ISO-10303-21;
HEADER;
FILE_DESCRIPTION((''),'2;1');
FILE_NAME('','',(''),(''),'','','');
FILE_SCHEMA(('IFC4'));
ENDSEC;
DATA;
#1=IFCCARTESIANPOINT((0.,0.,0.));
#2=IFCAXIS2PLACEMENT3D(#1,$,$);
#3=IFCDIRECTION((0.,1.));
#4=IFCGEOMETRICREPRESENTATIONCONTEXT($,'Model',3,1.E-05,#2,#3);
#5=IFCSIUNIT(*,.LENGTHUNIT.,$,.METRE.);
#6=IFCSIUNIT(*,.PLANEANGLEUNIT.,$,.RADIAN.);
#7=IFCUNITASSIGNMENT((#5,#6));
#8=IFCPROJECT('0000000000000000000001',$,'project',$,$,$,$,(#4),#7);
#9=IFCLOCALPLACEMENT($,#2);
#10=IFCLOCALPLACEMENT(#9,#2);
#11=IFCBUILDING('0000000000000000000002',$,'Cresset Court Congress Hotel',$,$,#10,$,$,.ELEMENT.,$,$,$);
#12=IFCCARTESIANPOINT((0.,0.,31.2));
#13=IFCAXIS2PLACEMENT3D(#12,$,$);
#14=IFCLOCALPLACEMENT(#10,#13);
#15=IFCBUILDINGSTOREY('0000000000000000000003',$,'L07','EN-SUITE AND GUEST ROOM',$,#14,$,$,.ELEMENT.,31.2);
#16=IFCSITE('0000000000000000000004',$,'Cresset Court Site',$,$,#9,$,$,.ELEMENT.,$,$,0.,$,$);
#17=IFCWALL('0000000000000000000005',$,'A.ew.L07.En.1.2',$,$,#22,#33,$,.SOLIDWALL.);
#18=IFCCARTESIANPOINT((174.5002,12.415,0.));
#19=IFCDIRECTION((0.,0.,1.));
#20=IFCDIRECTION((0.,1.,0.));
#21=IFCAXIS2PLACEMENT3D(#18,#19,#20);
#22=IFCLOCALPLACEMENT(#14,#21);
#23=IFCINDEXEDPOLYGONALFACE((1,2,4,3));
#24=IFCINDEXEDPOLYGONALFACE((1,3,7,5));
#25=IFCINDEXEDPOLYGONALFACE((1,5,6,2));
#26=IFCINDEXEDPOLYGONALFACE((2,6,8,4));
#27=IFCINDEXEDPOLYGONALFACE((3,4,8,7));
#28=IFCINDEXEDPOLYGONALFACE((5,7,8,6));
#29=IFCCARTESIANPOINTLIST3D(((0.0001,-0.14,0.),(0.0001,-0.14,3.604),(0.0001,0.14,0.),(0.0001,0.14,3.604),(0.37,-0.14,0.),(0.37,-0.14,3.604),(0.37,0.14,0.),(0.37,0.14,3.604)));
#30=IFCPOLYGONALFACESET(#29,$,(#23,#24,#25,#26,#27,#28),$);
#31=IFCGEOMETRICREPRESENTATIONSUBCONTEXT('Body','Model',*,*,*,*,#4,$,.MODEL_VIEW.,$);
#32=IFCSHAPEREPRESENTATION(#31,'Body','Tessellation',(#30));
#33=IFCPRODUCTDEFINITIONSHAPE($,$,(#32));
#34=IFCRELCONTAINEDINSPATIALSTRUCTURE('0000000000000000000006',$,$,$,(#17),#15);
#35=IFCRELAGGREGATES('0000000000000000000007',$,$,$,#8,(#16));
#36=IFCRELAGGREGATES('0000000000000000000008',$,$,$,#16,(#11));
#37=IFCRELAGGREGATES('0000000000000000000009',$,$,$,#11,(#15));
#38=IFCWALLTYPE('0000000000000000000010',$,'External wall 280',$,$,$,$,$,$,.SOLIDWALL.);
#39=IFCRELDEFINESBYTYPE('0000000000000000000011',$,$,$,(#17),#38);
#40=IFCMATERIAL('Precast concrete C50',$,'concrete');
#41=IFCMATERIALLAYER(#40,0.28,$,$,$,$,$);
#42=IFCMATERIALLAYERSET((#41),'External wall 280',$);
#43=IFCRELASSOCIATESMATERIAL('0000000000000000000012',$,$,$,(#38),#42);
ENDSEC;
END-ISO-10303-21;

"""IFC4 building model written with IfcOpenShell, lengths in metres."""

from ifc_helpers import new_model, si_unit, direction, frame, frame_2d, origin, place, context, subcontext, project, spatial, rectangle, extrude, material, layer, layer_set, type_object, element, save


model = new_model("IFC4")

# Units and contexts
model_context = context("Model", 3, precision=1e-05, world=origin(), true_north=direction((0.0, 1.0)))
body_context = subcontext(model_context, "Body", "Model", "MODEL_VIEW")
ifc_project = project(units=[si_unit("LENGTHUNIT", "METRE"), si_unit("PLANEANGLEUNIT", "RADIAN")], contexts=[model_context])

# Site, building, storey
site_placement = place(None, origin())
site = spatial("IfcSite", under=ifc_project, at=site_placement, Name="Cresset Court Site", CompositionType="ELEMENT", RefElevation=0.0)
building_placement = place(site_placement, origin())
building = spatial("IfcBuilding", under=site, at=building_placement, Name="Cresset Court Congress Hotel", CompositionType="ELEMENT")
storey_placement = place(building_placement, frame((0.0, 0.0, 31.2)))
storey = spatial("IfcBuildingStorey", under=building, at=storey_placement, Name="L07", Description="EN-SUITE AND GUEST ROOM", CompositionType="ELEMENT", Elevation=31.2)

# Shared definitions
ifc_material_1 = material(Name="Precast concrete C50", Category="concrete")
ifc_layer_1 = layer(ifc_material_1, 0.28)
ifc_layer_set_1 = layer_set([ifc_layer_1], Name="External wall 280")
wall_type_1 = type_object("IfcWallType", Name="External wall 280", PredefinedType="SOLIDWALL", material=ifc_layer_set_1)

# Wall
wall_1_placement = place(storey_placement, frame((174.5002, 12.415, 0.0), z_axis=(0.0, 0.0, 1.0), x_axis=(0.0, 1.0, 0.0)))
element("IfcWall", 1, at=wall_1_placement, inside=storey, type_object=wall_type_1, Name="A.ew.L07.En.1.2", PredefinedType="SOLIDWALL", context=body_context, shape_type="SweptSolid", body=[
    extrude(rectangle(XDim=0.3699, YDim=0.28, at=frame_2d((0.1851, 0.0))), origin(), (0.0, 0.0, 1.0), 3.604),
])

save(model, "model.ifc")
